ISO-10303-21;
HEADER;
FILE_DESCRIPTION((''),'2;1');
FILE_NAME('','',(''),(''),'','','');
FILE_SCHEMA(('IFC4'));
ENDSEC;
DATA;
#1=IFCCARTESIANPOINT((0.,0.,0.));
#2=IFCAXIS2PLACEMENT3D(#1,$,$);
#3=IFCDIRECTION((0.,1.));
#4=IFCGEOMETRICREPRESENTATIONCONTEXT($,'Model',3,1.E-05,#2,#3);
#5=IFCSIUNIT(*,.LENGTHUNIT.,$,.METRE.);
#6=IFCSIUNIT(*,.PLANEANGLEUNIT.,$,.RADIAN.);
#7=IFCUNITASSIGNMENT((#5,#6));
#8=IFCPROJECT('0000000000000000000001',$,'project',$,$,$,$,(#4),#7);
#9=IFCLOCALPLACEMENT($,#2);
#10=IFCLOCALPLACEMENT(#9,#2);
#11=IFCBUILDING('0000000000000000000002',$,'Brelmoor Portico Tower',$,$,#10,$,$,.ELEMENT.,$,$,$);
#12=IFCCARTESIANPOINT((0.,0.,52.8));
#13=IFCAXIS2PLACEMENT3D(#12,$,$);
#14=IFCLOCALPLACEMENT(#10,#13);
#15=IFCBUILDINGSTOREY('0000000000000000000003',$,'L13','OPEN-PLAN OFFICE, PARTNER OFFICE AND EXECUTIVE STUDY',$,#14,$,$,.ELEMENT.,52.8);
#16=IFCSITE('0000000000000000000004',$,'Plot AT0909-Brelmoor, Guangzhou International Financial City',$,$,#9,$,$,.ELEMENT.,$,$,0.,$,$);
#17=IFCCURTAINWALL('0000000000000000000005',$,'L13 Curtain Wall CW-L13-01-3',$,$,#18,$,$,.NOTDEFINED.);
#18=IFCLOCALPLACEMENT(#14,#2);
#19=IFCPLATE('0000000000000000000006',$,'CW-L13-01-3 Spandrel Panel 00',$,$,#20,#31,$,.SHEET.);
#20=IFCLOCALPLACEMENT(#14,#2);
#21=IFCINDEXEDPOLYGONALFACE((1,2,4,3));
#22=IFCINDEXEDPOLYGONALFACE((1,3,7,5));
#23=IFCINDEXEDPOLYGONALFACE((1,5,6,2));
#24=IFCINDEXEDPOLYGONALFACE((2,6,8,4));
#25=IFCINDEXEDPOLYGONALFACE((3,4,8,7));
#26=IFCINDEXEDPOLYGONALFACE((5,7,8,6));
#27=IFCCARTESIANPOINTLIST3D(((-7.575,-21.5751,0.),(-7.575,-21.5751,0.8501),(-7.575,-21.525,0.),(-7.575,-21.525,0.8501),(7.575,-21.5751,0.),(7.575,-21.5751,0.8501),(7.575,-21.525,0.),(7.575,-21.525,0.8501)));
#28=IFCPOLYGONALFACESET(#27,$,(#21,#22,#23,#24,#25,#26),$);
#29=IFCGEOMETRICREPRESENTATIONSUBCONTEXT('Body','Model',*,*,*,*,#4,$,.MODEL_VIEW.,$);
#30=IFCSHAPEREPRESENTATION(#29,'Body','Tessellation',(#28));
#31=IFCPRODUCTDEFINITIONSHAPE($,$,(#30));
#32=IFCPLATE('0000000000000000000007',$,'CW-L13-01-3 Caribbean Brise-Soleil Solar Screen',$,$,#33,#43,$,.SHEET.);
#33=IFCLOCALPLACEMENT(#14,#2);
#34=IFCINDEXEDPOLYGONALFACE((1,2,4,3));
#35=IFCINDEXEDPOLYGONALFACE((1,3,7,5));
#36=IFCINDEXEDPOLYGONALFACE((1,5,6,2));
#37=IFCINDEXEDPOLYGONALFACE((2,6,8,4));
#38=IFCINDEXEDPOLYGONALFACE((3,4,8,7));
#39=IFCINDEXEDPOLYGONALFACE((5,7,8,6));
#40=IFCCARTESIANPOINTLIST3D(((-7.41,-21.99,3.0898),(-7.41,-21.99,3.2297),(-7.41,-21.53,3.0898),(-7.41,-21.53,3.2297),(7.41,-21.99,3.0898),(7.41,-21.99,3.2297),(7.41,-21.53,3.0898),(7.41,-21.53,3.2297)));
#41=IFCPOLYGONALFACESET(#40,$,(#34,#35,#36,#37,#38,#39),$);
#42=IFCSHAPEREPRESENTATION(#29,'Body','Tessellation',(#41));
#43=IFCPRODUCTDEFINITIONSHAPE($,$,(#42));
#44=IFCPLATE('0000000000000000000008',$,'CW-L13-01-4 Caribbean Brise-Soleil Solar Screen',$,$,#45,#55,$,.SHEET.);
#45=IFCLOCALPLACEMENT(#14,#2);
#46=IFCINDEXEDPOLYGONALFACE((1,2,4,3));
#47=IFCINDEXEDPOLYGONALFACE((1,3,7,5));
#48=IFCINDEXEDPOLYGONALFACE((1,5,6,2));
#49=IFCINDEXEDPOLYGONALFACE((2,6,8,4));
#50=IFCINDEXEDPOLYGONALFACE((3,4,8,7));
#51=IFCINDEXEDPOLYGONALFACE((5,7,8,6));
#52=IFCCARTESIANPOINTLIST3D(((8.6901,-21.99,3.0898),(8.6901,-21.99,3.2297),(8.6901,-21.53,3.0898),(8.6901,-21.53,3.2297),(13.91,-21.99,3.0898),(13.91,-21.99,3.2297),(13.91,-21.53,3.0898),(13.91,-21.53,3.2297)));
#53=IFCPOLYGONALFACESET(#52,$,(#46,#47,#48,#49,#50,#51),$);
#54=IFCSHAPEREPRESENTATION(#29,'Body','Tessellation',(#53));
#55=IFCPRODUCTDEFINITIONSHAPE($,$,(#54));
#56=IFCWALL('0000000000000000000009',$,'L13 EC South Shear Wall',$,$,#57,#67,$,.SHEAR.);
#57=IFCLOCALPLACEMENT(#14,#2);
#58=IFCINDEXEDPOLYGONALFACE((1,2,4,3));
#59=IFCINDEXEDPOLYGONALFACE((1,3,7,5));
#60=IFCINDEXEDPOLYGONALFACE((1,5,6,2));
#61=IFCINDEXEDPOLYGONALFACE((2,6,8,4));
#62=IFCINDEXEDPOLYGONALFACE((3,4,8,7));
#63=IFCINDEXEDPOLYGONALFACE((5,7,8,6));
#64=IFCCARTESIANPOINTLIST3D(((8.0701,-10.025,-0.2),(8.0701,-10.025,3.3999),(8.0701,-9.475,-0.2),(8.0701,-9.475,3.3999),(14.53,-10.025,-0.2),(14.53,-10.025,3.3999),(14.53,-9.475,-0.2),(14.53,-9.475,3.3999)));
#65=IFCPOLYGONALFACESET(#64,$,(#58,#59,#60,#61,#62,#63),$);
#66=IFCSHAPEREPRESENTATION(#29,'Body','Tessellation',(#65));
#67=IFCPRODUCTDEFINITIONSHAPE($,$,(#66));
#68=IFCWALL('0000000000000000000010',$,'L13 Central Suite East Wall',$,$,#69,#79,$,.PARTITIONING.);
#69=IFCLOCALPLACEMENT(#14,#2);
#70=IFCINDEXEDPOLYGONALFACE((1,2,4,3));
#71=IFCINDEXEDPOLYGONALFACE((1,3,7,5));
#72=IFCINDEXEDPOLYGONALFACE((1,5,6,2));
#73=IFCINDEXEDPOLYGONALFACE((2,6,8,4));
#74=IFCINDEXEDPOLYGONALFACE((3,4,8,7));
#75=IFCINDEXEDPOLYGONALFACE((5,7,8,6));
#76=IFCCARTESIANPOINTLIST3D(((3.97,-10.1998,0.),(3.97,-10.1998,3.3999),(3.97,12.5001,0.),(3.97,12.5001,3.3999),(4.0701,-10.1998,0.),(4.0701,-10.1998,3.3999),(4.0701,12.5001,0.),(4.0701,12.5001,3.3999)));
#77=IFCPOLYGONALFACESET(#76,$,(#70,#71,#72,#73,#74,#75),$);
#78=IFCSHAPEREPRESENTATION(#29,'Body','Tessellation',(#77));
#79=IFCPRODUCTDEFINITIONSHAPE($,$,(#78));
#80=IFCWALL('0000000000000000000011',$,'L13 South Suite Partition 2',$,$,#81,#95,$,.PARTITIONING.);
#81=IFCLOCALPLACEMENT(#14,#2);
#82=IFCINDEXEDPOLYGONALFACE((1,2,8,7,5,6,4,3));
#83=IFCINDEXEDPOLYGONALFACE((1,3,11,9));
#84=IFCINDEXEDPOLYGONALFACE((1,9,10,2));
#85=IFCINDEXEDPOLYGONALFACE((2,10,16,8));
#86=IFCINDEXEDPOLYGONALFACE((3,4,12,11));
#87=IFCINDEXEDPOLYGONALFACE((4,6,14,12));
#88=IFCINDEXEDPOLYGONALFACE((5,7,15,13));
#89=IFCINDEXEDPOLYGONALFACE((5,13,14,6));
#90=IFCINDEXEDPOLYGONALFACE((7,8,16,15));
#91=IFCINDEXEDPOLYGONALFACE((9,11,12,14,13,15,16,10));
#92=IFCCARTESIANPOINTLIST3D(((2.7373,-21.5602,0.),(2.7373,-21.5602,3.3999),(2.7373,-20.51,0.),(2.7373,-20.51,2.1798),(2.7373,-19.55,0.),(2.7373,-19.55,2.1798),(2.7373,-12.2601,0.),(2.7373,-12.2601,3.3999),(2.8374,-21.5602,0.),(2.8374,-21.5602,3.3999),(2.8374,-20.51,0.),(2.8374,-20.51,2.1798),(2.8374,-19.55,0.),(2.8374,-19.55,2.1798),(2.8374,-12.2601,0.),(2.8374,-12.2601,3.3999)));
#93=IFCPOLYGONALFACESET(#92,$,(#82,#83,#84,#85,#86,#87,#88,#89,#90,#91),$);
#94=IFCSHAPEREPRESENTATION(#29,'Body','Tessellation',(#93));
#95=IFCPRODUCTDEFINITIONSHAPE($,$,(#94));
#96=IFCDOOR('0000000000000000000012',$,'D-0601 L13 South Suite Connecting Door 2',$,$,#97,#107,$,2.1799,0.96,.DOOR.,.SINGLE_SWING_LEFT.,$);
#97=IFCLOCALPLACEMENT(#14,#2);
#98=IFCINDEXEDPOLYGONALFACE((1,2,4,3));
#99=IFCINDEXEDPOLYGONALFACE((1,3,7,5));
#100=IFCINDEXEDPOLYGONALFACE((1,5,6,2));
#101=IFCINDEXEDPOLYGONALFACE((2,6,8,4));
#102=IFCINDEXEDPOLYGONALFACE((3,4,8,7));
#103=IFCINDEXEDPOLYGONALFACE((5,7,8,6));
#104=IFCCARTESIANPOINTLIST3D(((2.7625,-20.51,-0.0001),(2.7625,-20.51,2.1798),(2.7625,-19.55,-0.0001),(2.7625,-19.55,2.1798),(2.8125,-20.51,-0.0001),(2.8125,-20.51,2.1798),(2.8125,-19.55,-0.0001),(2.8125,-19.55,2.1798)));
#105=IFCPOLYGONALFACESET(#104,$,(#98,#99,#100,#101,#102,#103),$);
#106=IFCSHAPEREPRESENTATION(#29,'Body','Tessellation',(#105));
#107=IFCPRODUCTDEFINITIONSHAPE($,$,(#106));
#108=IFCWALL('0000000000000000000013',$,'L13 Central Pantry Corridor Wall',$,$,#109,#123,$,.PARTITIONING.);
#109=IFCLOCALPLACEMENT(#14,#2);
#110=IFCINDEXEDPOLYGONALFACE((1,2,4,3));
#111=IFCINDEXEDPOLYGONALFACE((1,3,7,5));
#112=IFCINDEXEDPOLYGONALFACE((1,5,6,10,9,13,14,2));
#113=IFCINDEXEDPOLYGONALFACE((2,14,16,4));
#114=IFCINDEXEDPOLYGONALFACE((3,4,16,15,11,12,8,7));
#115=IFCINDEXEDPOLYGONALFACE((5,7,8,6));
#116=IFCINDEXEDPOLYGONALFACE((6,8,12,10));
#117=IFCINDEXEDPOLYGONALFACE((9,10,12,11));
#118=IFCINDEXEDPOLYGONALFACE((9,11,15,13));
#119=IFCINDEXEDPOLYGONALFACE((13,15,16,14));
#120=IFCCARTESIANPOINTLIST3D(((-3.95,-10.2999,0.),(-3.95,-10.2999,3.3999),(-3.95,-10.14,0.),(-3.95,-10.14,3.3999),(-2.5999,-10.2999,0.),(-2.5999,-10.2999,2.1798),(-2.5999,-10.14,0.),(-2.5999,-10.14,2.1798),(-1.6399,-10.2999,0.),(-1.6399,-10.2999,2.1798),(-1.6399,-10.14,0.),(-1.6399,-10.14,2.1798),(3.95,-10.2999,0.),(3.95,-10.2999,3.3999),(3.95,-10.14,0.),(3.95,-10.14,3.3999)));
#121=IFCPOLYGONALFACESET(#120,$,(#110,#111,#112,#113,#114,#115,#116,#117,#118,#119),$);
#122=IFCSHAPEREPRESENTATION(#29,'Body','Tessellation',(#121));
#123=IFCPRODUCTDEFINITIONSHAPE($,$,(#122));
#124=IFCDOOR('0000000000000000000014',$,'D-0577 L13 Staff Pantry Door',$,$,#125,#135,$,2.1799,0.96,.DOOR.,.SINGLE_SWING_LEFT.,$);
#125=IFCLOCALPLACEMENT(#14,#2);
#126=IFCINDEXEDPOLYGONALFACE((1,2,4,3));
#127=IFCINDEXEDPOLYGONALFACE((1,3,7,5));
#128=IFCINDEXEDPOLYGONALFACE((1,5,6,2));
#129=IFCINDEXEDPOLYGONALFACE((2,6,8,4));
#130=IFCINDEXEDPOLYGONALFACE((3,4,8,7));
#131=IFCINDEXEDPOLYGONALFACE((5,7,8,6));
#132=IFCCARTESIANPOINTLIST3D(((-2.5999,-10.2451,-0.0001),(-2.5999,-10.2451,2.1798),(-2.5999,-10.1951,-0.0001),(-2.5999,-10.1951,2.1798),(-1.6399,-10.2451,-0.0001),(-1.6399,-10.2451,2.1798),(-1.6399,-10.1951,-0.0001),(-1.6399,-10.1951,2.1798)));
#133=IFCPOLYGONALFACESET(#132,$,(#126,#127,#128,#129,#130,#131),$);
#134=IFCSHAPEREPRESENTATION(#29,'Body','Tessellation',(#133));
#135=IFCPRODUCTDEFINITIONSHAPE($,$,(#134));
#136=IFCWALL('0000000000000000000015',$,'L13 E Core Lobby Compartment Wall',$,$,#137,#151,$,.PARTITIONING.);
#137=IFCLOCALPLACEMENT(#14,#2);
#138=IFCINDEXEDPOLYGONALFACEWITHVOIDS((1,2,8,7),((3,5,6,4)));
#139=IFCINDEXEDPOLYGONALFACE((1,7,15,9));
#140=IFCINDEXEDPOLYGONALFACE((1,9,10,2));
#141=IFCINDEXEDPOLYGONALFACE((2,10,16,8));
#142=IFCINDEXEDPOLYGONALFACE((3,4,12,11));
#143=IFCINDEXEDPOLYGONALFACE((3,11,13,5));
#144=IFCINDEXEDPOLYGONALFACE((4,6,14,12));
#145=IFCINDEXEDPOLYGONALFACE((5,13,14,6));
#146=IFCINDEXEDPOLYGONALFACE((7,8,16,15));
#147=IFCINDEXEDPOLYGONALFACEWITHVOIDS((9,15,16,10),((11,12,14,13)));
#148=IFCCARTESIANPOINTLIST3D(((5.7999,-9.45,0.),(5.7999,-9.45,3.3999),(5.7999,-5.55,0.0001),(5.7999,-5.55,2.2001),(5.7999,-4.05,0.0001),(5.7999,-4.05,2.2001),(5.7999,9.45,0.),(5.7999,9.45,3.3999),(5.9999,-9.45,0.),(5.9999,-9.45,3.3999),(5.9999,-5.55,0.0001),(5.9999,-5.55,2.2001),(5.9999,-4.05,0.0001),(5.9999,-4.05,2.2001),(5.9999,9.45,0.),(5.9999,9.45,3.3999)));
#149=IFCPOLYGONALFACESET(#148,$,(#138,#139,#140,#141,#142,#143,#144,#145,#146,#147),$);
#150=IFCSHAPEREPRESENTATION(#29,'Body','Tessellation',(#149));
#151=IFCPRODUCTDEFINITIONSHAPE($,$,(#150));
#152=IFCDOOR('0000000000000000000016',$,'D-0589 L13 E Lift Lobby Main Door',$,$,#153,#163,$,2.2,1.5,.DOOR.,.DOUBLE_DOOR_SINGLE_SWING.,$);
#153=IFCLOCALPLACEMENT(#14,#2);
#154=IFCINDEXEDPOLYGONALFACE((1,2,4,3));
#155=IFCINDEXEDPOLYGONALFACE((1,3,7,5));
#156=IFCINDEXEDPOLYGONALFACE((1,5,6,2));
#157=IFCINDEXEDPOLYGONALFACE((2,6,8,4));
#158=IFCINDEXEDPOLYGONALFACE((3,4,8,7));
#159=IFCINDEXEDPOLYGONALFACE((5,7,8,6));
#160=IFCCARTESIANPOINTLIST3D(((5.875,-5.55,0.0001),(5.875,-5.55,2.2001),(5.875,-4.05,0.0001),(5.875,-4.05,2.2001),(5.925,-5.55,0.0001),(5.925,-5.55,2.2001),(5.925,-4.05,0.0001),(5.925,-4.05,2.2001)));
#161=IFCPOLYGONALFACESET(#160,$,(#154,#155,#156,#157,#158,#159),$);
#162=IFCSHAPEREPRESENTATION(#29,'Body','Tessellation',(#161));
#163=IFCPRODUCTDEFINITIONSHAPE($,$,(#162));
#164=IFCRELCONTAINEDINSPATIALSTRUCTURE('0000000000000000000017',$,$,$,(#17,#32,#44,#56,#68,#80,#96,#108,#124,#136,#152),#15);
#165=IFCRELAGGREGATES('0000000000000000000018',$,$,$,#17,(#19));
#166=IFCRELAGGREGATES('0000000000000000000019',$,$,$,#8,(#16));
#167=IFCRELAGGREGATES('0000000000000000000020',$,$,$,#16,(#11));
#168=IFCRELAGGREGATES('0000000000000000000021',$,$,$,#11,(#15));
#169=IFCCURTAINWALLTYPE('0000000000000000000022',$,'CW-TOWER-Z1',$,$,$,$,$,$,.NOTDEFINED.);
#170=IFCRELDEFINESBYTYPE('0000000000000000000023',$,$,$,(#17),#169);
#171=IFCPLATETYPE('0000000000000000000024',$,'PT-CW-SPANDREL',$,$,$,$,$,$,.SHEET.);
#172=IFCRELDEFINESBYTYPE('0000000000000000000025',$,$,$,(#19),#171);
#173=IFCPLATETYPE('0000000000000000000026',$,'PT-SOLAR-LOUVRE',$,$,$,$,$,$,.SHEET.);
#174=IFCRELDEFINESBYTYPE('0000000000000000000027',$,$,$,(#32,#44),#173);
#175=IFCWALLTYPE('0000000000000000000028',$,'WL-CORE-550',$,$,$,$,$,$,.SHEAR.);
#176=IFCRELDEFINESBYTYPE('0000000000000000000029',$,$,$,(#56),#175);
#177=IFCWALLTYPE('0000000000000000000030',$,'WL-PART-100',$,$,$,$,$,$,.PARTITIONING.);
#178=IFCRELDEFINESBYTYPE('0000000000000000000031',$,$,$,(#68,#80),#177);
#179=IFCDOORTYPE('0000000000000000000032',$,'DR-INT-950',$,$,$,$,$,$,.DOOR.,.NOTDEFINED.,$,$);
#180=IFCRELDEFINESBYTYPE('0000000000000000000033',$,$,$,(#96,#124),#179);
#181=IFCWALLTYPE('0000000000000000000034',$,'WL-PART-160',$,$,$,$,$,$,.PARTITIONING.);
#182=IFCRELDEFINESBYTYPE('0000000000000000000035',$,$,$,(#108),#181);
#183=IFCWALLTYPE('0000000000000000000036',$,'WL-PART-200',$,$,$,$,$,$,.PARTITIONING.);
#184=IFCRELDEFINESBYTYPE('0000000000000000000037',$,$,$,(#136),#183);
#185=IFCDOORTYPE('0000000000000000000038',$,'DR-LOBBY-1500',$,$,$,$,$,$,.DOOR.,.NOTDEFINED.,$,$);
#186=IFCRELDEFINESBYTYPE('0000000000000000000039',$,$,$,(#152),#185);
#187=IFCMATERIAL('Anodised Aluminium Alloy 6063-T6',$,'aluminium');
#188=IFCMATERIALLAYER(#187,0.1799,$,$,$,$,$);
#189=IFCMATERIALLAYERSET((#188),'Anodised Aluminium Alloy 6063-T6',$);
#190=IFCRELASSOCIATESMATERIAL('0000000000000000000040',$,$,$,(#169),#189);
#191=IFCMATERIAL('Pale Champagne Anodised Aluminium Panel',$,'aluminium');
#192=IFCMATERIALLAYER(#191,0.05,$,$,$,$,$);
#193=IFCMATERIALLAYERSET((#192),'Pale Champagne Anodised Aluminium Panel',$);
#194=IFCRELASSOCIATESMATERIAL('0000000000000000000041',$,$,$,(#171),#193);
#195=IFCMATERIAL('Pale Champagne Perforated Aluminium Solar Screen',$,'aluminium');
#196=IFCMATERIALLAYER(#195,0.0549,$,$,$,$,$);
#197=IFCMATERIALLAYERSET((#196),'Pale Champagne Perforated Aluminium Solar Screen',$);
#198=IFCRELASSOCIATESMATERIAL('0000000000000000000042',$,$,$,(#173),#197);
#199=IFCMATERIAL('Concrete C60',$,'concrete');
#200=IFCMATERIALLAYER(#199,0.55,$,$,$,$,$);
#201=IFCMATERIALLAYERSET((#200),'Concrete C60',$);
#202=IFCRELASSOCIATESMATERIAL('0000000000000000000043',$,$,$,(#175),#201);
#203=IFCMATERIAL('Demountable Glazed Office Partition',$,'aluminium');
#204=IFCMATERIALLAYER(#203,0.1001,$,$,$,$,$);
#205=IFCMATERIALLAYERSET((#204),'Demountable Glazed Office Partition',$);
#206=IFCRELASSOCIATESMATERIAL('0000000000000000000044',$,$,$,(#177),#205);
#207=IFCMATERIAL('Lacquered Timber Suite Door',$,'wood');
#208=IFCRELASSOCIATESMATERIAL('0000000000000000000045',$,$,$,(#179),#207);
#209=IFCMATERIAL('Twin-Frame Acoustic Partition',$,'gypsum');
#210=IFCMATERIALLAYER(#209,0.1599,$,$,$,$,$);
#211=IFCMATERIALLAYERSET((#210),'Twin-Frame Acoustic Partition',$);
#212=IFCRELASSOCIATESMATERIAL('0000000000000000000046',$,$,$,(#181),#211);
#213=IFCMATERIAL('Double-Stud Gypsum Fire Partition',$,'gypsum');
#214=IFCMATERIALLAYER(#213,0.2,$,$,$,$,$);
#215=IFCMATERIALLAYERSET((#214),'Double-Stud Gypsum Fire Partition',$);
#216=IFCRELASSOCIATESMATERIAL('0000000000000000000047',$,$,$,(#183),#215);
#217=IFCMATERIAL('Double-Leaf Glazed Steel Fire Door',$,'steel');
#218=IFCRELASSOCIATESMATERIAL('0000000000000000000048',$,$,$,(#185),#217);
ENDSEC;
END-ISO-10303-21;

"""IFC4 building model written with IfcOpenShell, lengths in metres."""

from ifc_helpers import new_model, si_unit, direction, frame, frame_2d, origin, origin_2d, place, context, subcontext, project, spatial, rectangle, extrude, material, layer, layer_set, type_object, element, fill, aggregate, save


model = new_model("IFC4")

# Units and contexts
model_context = context("Model", 3, precision=1e-05, world=origin(), true_north=direction((0.0, 1.0)))
body_context = subcontext(model_context, "Body", "Model", "MODEL_VIEW")
ifc_project = project(units=[si_unit("LENGTHUNIT", "METRE"), si_unit("PLANEANGLEUNIT", "RADIAN")], contexts=[model_context])

# Site, building, storey
site_placement = place(None, origin())
site = spatial("IfcSite", under=ifc_project, at=site_placement, Name="Plot AT0909-Brelmoor, Guangzhou International Financial City", CompositionType="ELEMENT", RefElevation=0.0)
building_placement = place(site_placement, origin())
building = spatial("IfcBuilding", under=site, at=building_placement, Name="Brelmoor Portico Tower", CompositionType="ELEMENT")
storey_placement = place(building_placement, frame((0.0, 0.0, 52.8)))
storey = spatial("IfcBuildingStorey", under=building, at=storey_placement, Name="L13", Description="OPEN-PLAN OFFICE, PARTNER OFFICE AND EXECUTIVE STUDY", CompositionType="ELEMENT", Elevation=52.8)

# Curtain wall
ifc_material_1 = material(Name="Anodised Aluminium Alloy 6063-T6", Category="aluminium")
ifc_layer_1 = layer(ifc_material_1, 0.1799)
ifc_layer_set_1 = layer_set([ifc_layer_1], Name="Anodised Aluminium Alloy 6063-T6")
curtain_wall_type = type_object("IfcCurtainWallType", Name="CW-TOWER-Z1", PredefinedType="NOTDEFINED", material=ifc_layer_set_1)
curtain_wall_1_placement = place(storey_placement, origin())
curtain_wall_1 = element("IfcCurtainWall", 1, at=curtain_wall_1_placement, inside=storey, type_object=curtain_wall_type, Name="L13 Curtain Wall CW-L13-01-3", PredefinedType="NOTDEFINED")

# Plate
ifc_material_2 = material(Name="Pale Champagne Anodised Aluminium Panel", Category="aluminium")
ifc_layer_2 = layer(ifc_material_2, 0.05)
ifc_layer_set_2 = layer_set([ifc_layer_2], Name="Pale Champagne Anodised Aluminium Panel")
plate_type_1 = type_object("IfcPlateType", Name="PT-CW-SPANDREL", PredefinedType="SHEET", material=ifc_layer_set_2)
plate_1_placement = place(storey_placement, frame((0.0, -21.55, 0.0), z_axis=(0.0, 0.0, 1.0), x_axis=(1.0, 0.0, 0.0)))
plate_1 = element("IfcPlate", 2, at=plate_1_placement, type_object=plate_type_1, Name="CW-L13-01-3 Spandrel Panel 00", PredefinedType="SHEET", context=body_context, shape_type="SweptSolid", body=[
    extrude(rectangle(XDim=15.1499, YDim=0.05, at=origin_2d()), origin(), (0.0, 0.0, 1.0), 0.8501),
])
aggregate(curtain_wall_1, [plate_1])

# Plates
ifc_material_3 = material(Name="Pale Champagne Perforated Aluminium Solar Screen", Category="aluminium")
ifc_layer_3 = layer(ifc_material_3, 0.0549)
ifc_layer_set_3 = layer_set([ifc_layer_3], Name="Pale Champagne Perforated Aluminium Solar Screen")
plate_type_2 = type_object("IfcPlateType", Name="PT-SOLAR-LOUVRE", PredefinedType="SHEET", material=ifc_layer_set_3)
plate_2_placement = place(storey_placement, frame((0.0, -21.76, 3.0898), z_axis=(0.0, 0.0, 1.0), x_axis=(1.0, 0.0, 0.0)))
element("IfcPlate", 3, at=plate_2_placement, inside=storey, type_object=plate_type_2, Name="CW-L13-01-3 Caribbean Brise-Soleil Solar Screen", PredefinedType="SHEET", context=body_context, shape_type="SweptSolid", body=[
    extrude(rectangle(XDim=14.8201, YDim=0.46, at=origin_2d()), origin(), (0.0, 0.0, 1.0), 0.1399),
])
plate_3_placement = place(storey_placement, frame((11.3, -21.76, 3.0898), z_axis=(0.0, 0.0, 1.0), x_axis=(1.0, 0.0, 0.0)))
element("IfcPlate", 4, at=plate_3_placement, inside=storey, type_object=plate_type_2, Name="CW-L13-01-4 Caribbean Brise-Soleil Solar Screen", PredefinedType="SHEET", context=body_context, shape_type="SweptSolid", body=[
    extrude(rectangle(XDim=5.22, YDim=0.46, at=origin_2d()), origin(), (0.0, 0.0, 1.0), 0.1399),
])

# Walls
ifc_material_4 = material(Name="Concrete C60", Category="concrete")
ifc_layer_4 = layer(ifc_material_4, 0.55)
ifc_layer_set_4 = layer_set([ifc_layer_4], Name="Concrete C60")
wall_type_1 = type_object("IfcWallType", Name="WL-CORE-550", PredefinedType="SHEAR", material=ifc_layer_set_4)
wall_1_placement = place(storey_placement, frame((8.0701, -9.75, -0.2), z_axis=(0.0, 0.0, 1.0), x_axis=(1.0, 0.0, 0.0)))
element("IfcWall", 5, at=wall_1_placement, inside=storey, type_object=wall_type_1, Name="L13 EC South Shear Wall", PredefinedType="SHEAR", context=body_context, shape_type="SweptSolid", body=[
    extrude(rectangle(XDim=6.46, YDim=0.55, at=frame_2d((3.23, 0.0))), origin(), (0.0, 0.0, 1.0), 3.5999),
])
ifc_material_5 = material(Name="Demountable Glazed Office Partition", Category="aluminium")
ifc_layer_5 = layer(ifc_material_5, 0.1001)
ifc_layer_set_5 = layer_set([ifc_layer_5], Name="Demountable Glazed Office Partition")
wall_type_2 = type_object("IfcWallType", Name="WL-PART-100", PredefinedType="PARTITIONING", material=ifc_layer_set_5)
wall_2_placement = place(storey_placement, frame((4.02, -10.2, 0.0), z_axis=(0.0, 0.0, 1.0), x_axis=(0.0, 1.0, 0.0)))
element("IfcWall", 6, at=wall_2_placement, inside=storey, type_object=wall_type_2, Name="L13 Central Suite East Wall", PredefinedType="PARTITIONING", context=body_context, shape_type="SweptSolid", body=[
    extrude(rectangle(XDim=22.7, YDim=0.1001, at=frame_2d((11.3501, 0.0))), origin(), (0.0, 0.0, 1.0), 3.3999),
])

# Walls, openings, doors
wall_3_placement = place(storey_placement, frame((2.7874, -21.5601, 0.0), z_axis=(0.0, 0.0, 1.0), x_axis=(0.0, 1.0, 0.0)))
wall_3 = element("IfcWall", 7, at=wall_3_placement, inside=storey, type_object=wall_type_2, Name="L13 South Suite Partition 2", PredefinedType="PARTITIONING", context=body_context, shape_type="SweptSolid", body=[
    extrude(rectangle(XDim=9.3, YDim=0.1001, at=frame_2d((4.6499, 0.0))), origin(), (0.0, 0.0, 1.0), 3.3999),
])
opening_1_placement = place(wall_3_placement, frame((1.05, 0.0, 0.0)))
opening_1 = element("IfcOpeningElement", 8, at=opening_1_placement, cuts=wall_3, PredefinedType="OPENING", context=body_context, shape_type="SweptSolid", body=[
    extrude(rectangle(XDim=0.96, YDim=2.1799, at=frame_2d((0.48, 1.0898))), frame((0.0, 0.0601, 0.0), z_axis=(0.0, -1.0, 0.0), x_axis=(1.0, 0.0, 0.0)), (0.0, 0.0, 1.0), 0.1201),
])
ifc_material_6 = material(Name="Lacquered Timber Suite Door", Category="wood")
door_type_1 = type_object("IfcDoorType", Name="DR-INT-950", OperationType="NOTDEFINED", PredefinedType="DOOR", material=ifc_material_6)
door_1_placement = place(opening_1_placement, origin())
door_1 = element("IfcDoor", 9, at=door_1_placement, inside=storey, type_object=door_type_1, Name="D-0601 L13 South Suite Connecting Door 2", OperationType="SINGLE_SWING_LEFT", OverallHeight=2.1799, OverallWidth=0.96, PredefinedType="DOOR", context=body_context, shape_type="SweptSolid", body=[
    extrude(rectangle(XDim=0.96, YDim=2.1799, at=frame_2d((0.48, 1.0898))), frame((0.0, 0.0249, 0.0), z_axis=(0.0, -1.0, 0.0), x_axis=(1.0, 0.0, 0.0)), (0.0, 0.0, 1.0), 0.05),
])
fill(opening_1, door_1)
ifc_material_7 = material(Name="Twin-Frame Acoustic Partition", Category="gypsum")
ifc_layer_6 = layer(ifc_material_7, 0.1599)
ifc_layer_set_6 = layer_set([ifc_layer_6], Name="Twin-Frame Acoustic Partition")
wall_type_3 = type_object("IfcWallType", Name="WL-PART-160", PredefinedType="PARTITIONING", material=ifc_layer_set_6)
wall_4_placement = place(storey_placement, frame((-3.95, -10.22, 0.0), z_axis=(0.0, 0.0, 1.0), x_axis=(1.0, 0.0, 0.0)))
wall_4 = element("IfcWall", 10, at=wall_4_placement, inside=storey, type_object=wall_type_3, Name="L13 Central Pantry Corridor Wall", PredefinedType="PARTITIONING", context=body_context, shape_type="SweptSolid", body=[
    extrude(rectangle(XDim=7.8999, YDim=0.1599, at=frame_2d((3.95, 0.0))), origin(), (0.0, 0.0, 1.0), 3.3999),
])
opening_2_placement = place(wall_4_placement, frame((1.3501, 0.0, 0.0)))
opening_2 = element("IfcOpeningElement", 11, at=opening_2_placement, cuts=wall_4, PredefinedType="OPENING", context=body_context, shape_type="SweptSolid", body=[
    extrude(rectangle(XDim=0.96, YDim=2.1799, at=frame_2d((0.48, 1.0898))), frame((0.0, 0.0898, 0.0), z_axis=(0.0, -1.0, 0.0), x_axis=(1.0, 0.0, 0.0)), (0.0, 0.0, 1.0), 0.1799),
])
door_2_placement = place(opening_2_placement, origin())
door_2 = element("IfcDoor", 12, at=door_2_placement, inside=storey, type_object=door_type_1, Name="D-0577 L13 Staff Pantry Door", OperationType="SINGLE_SWING_LEFT", OverallHeight=2.1799, OverallWidth=0.96, PredefinedType="DOOR", context=body_context, shape_type="SweptSolid", body=[
    extrude(rectangle(XDim=0.96, YDim=2.1799, at=frame_2d((0.48, 1.0898))), frame((0.0, 0.0249, 0.0), z_axis=(0.0, -1.0, 0.0), x_axis=(1.0, 0.0, 0.0)), (0.0, 0.0, 1.0), 0.05),
])
fill(opening_2, door_2)
ifc_material_8 = material(Name="Double-Stud Gypsum Fire Partition", Category="gypsum")
ifc_layer_7 = layer(ifc_material_8, 0.2)
ifc_layer_set_7 = layer_set([ifc_layer_7], Name="Double-Stud Gypsum Fire Partition")
wall_type_4 = type_object("IfcWallType", Name="WL-PART-200", PredefinedType="PARTITIONING", material=ifc_layer_set_7)
wall_5_placement = place(storey_placement, frame((5.8999, -9.45, 0.0), z_axis=(0.0, 0.0, 1.0), x_axis=(0.0, 1.0, 0.0)))
wall_5 = element("IfcWall", 13, at=wall_5_placement, inside=storey, type_object=wall_type_4, Name="L13 E Core Lobby Compartment Wall", PredefinedType="PARTITIONING", context=body_context, shape_type="SweptSolid", body=[
    extrude(rectangle(XDim=18.8999, YDim=0.2, at=frame_2d((9.45, 0.0))), origin(), (0.0, 0.0, 1.0), 3.3999),
])
opening_3_placement = place(wall_5_placement, frame((3.8999, 0.0, 0.0)))
opening_3 = element("IfcOpeningElement", 14, at=opening_3_placement, cuts=wall_5, PredefinedType="OPENING", context=body_context, shape_type="SweptSolid", body=[
    extrude(rectangle(XDim=1.5, YDim=2.2, at=frame_2d((0.75, 1.1001))), frame((0.0, 0.1099, 0.0), z_axis=(0.0, -1.0, 0.0), x_axis=(1.0, 0.0, 0.0)), (0.0, 0.0, 1.0), 0.22),
])
ifc_material_9 = material(Name="Double-Leaf Glazed Steel Fire Door", Category="steel")
door_type_2 = type_object("IfcDoorType", Name="DR-LOBBY-1500", OperationType="NOTDEFINED", PredefinedType="DOOR", material=ifc_material_9)
door_3_placement = place(opening_3_placement, origin())
door_3 = element("IfcDoor", 15, at=door_3_placement, inside=storey, type_object=door_type_2, Name="D-0589 L13 E Lift Lobby Main Door", OperationType="DOUBLE_DOOR_SINGLE_SWING", OverallHeight=2.2, OverallWidth=1.5, PredefinedType="DOOR", context=body_context, shape_type="SweptSolid", body=[
    extrude(rectangle(XDim=1.5, YDim=2.2, at=frame_2d((0.75, 1.1001))), frame((0.0, 0.0249, 0.0), z_axis=(0.0, -1.0, 0.0), x_axis=(1.0, 0.0, 0.0)), (0.0, 0.0, 1.0), 0.05),
])
fill(opening_3, door_3)

save(model, "model.ifc")
